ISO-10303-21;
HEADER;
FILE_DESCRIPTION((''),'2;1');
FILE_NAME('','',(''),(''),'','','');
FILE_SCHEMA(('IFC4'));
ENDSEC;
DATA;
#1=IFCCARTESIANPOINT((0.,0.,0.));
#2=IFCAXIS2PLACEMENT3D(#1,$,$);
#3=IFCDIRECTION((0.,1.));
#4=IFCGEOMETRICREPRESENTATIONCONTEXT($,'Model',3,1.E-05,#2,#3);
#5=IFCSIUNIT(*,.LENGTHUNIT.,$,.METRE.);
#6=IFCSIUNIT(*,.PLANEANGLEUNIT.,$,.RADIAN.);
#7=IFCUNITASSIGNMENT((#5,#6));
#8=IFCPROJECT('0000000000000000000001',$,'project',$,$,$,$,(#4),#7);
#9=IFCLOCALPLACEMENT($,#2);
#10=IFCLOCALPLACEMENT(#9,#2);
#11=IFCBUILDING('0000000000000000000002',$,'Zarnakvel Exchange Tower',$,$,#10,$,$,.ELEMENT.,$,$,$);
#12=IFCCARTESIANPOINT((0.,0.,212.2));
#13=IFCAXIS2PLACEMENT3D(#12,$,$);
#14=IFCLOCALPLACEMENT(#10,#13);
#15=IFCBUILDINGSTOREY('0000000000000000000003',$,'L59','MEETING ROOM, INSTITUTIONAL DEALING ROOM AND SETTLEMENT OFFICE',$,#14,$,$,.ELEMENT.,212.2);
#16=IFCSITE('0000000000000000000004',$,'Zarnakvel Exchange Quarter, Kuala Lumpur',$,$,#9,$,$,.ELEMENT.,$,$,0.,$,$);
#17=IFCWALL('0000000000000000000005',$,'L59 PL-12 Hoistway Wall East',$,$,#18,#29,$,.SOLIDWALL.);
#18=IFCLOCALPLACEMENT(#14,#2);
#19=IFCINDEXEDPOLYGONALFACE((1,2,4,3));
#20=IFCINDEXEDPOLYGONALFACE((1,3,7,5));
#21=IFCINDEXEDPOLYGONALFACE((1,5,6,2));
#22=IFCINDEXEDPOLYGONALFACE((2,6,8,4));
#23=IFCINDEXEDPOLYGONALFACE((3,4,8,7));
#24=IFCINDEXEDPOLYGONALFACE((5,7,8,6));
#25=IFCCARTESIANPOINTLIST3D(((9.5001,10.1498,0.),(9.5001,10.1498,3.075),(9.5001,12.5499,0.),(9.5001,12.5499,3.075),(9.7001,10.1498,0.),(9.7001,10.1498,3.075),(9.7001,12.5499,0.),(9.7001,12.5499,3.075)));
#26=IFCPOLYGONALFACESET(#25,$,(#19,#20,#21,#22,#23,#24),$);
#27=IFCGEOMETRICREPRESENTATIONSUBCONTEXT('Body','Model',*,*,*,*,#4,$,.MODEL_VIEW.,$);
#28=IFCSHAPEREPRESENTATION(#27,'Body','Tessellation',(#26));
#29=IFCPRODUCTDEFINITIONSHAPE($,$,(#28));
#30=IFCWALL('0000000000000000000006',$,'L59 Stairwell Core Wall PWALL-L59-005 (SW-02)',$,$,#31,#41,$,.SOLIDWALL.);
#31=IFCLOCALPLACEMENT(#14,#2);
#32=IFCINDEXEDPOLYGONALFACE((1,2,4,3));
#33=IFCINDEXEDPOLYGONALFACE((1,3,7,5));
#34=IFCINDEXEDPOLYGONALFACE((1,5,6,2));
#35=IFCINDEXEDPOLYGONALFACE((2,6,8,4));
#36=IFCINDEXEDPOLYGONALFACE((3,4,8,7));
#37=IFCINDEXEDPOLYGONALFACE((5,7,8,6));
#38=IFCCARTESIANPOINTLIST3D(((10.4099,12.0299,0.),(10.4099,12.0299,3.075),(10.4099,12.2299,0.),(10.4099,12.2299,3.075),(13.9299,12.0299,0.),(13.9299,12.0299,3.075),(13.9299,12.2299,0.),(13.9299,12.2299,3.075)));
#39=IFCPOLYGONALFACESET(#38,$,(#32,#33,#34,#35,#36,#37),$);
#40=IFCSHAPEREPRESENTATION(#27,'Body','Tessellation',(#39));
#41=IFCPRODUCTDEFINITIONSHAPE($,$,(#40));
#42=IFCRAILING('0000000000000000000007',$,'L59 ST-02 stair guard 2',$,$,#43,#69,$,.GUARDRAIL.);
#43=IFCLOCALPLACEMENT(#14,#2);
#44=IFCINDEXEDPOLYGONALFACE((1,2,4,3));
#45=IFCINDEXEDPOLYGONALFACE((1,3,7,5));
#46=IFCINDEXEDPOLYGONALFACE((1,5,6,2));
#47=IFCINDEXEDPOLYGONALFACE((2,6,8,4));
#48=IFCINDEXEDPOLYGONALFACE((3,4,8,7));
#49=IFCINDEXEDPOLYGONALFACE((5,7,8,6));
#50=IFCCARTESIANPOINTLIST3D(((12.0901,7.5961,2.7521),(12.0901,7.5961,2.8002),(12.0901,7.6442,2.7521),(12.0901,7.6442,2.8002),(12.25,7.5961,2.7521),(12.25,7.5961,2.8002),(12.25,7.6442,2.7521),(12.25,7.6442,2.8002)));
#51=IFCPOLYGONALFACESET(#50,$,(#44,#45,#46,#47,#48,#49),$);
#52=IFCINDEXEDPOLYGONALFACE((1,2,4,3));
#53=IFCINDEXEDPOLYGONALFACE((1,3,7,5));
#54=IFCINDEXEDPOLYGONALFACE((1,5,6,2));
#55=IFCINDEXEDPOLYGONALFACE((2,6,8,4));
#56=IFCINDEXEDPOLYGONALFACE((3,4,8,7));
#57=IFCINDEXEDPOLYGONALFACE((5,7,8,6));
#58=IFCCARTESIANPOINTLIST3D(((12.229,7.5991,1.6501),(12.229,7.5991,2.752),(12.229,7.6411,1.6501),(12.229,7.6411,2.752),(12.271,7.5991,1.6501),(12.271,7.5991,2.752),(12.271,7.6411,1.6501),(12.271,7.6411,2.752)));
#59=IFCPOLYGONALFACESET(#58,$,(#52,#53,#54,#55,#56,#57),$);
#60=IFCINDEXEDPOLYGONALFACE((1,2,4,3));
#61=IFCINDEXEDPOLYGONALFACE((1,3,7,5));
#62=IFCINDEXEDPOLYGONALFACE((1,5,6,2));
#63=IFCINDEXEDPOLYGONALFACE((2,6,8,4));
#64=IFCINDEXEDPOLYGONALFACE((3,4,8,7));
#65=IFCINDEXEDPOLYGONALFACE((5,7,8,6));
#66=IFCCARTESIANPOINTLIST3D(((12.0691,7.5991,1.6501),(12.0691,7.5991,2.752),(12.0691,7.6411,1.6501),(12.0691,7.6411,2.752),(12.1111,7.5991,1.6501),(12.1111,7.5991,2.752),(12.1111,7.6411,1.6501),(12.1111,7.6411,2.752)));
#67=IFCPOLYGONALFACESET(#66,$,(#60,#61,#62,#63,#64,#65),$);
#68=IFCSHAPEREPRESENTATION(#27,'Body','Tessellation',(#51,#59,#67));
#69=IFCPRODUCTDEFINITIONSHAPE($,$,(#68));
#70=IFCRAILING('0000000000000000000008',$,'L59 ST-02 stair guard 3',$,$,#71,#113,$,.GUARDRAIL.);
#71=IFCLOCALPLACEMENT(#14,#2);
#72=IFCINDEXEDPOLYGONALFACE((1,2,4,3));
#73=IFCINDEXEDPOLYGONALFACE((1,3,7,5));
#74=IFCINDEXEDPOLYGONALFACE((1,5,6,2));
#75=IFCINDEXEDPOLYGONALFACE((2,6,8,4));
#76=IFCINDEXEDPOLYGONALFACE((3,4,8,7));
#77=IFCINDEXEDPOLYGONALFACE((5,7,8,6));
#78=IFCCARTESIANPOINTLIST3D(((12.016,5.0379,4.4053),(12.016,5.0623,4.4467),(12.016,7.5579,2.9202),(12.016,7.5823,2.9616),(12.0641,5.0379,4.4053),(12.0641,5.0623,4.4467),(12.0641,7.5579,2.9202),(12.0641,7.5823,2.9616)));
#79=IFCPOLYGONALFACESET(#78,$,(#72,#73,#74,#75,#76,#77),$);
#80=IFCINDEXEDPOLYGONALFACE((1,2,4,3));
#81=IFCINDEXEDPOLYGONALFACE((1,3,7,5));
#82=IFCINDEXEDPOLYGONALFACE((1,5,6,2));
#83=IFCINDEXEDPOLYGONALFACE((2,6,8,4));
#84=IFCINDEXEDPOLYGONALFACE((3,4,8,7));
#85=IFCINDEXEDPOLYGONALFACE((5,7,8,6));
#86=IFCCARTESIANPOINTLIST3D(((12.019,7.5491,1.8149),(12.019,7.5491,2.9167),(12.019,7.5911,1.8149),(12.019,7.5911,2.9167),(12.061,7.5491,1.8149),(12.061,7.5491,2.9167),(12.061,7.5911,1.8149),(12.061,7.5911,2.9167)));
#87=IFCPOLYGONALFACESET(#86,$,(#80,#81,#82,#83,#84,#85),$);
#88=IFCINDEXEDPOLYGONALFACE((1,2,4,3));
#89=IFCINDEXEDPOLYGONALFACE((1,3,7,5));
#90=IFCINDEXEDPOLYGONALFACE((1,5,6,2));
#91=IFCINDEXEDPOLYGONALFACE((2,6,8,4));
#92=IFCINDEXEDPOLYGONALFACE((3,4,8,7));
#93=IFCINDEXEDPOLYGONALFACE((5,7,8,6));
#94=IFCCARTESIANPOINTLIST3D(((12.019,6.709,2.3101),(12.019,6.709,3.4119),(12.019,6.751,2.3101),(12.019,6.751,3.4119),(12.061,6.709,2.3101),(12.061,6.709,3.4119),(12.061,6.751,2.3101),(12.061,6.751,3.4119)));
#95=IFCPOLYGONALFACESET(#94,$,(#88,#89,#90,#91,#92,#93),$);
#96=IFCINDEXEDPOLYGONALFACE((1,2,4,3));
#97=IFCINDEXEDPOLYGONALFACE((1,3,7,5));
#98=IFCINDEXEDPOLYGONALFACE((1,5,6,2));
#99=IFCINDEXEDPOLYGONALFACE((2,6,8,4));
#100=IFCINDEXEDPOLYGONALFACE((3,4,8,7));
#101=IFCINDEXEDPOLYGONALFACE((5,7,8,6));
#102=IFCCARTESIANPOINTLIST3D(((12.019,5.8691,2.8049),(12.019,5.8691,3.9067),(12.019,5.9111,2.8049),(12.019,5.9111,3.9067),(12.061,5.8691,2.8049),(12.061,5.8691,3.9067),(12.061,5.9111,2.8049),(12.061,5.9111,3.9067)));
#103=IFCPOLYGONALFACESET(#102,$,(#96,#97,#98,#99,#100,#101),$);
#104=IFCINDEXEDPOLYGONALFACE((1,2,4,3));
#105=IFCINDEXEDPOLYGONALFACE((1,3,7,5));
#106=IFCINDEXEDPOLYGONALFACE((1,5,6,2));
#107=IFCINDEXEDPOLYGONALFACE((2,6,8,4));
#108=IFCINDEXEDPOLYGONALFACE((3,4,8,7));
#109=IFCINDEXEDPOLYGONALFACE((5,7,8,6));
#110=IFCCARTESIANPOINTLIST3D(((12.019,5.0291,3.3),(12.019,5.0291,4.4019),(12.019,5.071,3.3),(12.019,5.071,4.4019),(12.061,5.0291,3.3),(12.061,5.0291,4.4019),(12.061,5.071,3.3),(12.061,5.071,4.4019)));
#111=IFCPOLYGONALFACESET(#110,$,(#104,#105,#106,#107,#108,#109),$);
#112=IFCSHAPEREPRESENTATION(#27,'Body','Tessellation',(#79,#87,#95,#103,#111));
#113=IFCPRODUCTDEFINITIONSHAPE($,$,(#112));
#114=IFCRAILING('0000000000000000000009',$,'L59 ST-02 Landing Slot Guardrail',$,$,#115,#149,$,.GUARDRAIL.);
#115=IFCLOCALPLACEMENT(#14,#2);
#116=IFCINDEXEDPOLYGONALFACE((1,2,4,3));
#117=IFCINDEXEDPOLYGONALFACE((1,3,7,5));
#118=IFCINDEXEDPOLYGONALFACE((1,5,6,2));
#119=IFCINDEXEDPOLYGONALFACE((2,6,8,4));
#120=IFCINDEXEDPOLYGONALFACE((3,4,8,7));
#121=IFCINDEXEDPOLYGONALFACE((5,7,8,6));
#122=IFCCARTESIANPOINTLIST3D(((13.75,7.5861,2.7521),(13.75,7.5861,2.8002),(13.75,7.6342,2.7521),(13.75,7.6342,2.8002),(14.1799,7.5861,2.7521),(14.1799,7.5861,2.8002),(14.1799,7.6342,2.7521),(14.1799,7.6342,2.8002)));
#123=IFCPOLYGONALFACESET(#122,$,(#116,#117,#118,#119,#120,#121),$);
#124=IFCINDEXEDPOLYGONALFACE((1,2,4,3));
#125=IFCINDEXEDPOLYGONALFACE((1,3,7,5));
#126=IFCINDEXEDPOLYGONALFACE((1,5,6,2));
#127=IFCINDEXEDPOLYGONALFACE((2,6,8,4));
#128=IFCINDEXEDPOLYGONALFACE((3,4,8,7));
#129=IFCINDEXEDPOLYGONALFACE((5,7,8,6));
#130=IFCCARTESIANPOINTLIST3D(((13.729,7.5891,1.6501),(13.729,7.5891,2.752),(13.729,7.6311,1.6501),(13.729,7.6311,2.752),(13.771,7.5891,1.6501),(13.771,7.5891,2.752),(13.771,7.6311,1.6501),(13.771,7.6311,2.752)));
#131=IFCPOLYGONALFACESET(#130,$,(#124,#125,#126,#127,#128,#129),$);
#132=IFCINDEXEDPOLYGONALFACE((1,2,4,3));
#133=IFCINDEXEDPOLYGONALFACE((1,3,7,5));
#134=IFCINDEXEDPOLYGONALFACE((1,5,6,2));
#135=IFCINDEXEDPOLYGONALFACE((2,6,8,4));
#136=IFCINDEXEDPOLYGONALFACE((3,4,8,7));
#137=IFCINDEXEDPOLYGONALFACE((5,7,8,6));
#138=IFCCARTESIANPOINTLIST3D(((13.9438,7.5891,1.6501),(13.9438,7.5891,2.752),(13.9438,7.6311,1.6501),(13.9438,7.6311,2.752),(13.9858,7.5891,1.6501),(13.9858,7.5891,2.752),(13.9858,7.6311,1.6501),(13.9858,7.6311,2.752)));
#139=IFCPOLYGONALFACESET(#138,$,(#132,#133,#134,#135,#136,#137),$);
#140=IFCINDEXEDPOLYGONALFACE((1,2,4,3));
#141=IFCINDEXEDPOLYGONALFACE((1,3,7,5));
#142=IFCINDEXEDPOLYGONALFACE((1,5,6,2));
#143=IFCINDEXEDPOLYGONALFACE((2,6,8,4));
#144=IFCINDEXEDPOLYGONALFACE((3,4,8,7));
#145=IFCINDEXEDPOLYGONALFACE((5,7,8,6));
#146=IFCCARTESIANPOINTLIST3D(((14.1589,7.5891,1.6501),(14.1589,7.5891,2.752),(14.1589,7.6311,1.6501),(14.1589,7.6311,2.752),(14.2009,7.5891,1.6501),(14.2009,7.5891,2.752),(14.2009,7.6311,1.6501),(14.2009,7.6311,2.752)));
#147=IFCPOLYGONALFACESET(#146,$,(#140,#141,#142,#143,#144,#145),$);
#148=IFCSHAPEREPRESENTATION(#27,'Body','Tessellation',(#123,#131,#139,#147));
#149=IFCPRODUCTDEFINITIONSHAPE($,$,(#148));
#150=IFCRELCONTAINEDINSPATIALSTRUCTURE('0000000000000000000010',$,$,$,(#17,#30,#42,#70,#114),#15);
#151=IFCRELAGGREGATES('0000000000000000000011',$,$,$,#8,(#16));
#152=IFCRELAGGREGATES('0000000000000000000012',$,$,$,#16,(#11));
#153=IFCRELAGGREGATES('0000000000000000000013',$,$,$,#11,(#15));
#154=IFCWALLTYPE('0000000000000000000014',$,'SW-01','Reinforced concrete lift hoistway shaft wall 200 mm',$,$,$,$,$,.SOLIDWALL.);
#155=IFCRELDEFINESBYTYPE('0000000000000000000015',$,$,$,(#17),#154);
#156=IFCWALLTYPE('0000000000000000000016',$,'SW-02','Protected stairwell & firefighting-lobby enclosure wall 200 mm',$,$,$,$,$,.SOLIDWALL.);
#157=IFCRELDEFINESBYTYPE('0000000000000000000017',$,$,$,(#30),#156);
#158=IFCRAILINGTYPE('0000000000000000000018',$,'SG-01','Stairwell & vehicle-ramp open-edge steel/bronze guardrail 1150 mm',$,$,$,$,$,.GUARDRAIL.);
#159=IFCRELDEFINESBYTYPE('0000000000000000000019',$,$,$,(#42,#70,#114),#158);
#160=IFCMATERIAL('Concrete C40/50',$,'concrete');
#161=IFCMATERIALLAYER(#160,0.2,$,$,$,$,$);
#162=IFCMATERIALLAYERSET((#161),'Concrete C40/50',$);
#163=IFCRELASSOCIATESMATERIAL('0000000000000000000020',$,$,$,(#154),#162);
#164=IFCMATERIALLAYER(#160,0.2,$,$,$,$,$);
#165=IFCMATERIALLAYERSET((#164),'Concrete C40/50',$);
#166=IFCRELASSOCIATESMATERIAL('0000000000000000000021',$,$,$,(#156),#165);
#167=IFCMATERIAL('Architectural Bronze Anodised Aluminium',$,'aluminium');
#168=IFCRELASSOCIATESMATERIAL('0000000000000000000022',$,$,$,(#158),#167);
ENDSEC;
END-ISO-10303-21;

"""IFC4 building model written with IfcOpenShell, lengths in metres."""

from ifc_helpers import new_model, si_unit, direction, frame, frame_2d, origin, origin_2d, place, context, subcontext, project, spatial, rectangle, extrude, material, layer, layer_set, type_object, element, save


model = new_model("IFC4")

# Units and contexts
model_context = context("Model", 3, precision=1e-05, world=origin(), true_north=direction((0.0, 1.0)))
body_context = subcontext(model_context, "Body", "Model", "MODEL_VIEW")
ifc_project = project(units=[si_unit("LENGTHUNIT", "METRE"), si_unit("PLANEANGLEUNIT", "RADIAN")], contexts=[model_context])

# Site, building, storey
site_placement = place(None, origin())
site = spatial("IfcSite", under=ifc_project, at=site_placement, Name="Zarnakvel Exchange Quarter, Kuala Lumpur", CompositionType="ELEMENT", RefElevation=0.0)
building_placement = place(site_placement, origin())
building = spatial("IfcBuilding", under=site, at=building_placement, Name="Zarnakvel Exchange Tower", CompositionType="ELEMENT")
storey_placement = place(building_placement, frame((0.0, 0.0, 212.2)))
storey = spatial("IfcBuildingStorey", under=building, at=storey_placement, Name="L59", Description="MEETING ROOM, INSTITUTIONAL DEALING ROOM AND SETTLEMENT OFFICE", CompositionType="ELEMENT", Elevation=212.2)

# Shared definitions
ifc_material_1 = material(Name="Architectural Bronze Anodised Aluminium", Category="aluminium")

# Walls
ifc_material_2 = material(Name="Concrete C40/50", Category="concrete")
ifc_layer_1 = layer(ifc_material_2, 0.2)
ifc_layer_set_1 = layer_set([ifc_layer_1], Name="Concrete C40/50")
wall_type_1 = type_object("IfcWallType", Name="SW-01", Description="Reinforced concrete lift hoistway shaft wall 200 mm", PredefinedType="SOLIDWALL", material=ifc_layer_set_1)
wall_1_placement = place(storey_placement, frame((9.6001, 12.55, 0.0), z_axis=(0.0, 0.0, 1.0), x_axis=(0.0, -1.0, 0.0)))
element("IfcWall", 1, at=wall_1_placement, inside=storey, type_object=wall_type_1, Name="L59 PL-12 Hoistway Wall East", PredefinedType="SOLIDWALL", context=body_context, shape_type="SweptSolid", body=[
    extrude(rectangle(XDim=2.4001, YDim=0.2, at=frame_2d((1.2002, 0.0))), origin(), (0.0, 0.0, 1.0), 3.075),
])
ifc_layer_2 = layer(ifc_material_2, 0.2)
ifc_layer_set_2 = layer_set([ifc_layer_2], Name="Concrete C40/50")
wall_type_2 = type_object("IfcWallType", Name="SW-02", Description="Protected stairwell & firefighting-lobby enclosure wall 200 mm", PredefinedType="SOLIDWALL", material=ifc_layer_set_2)
wall_2_placement = place(storey_placement, frame((10.4099, 12.1299, 0.0), z_axis=(0.0, 0.0, 1.0), x_axis=(1.0, 0.0, 0.0)))
element("IfcWall", 2, at=wall_2_placement, inside=storey, type_object=wall_type_2, Name="L59 Stairwell Core Wall PWALL-L59-005 (SW-02)", PredefinedType="SOLIDWALL", context=body_context, shape_type="SweptSolid", body=[
    extrude(rectangle(XDim=3.52, YDim=0.2, at=frame_2d((1.76, 0.0))), origin(), (0.0, 0.0, 1.0), 3.075),
])

# Railings
railing_type = type_object("IfcRailingType", Name="SG-01", Description="Stairwell & vehicle-ramp open-edge steel/bronze guardrail 1150 mm", PredefinedType="GUARDRAIL", material=ifc_material_1)
railing_1_placement = place(storey_placement, frame((12.25, 7.6201, 1.6501)))
element("IfcRailing", 3, at=railing_1_placement, inside=storey, type_object=railing_type, Name="L59 ST-02 stair guard 2", PredefinedType="GUARDRAIL", context=body_context, shape_type="SweptSolid", body=[
    extrude(rectangle(XDim=0.0481, YDim=0.0481, at=origin_2d()), frame((0.0, 0.0, 1.126), z_axis=(-1.0, 0.0, 0.0), x_axis=(0.0, -1.0, 0.0)), (0.0, 0.0, 1.0), 0.1599),
    extrude(rectangle(XDim=0.042, YDim=0.042, at=origin_2d()), origin(), (0.0, 0.0, 1.0), 1.1018),
    extrude(rectangle(XDim=0.042, YDim=0.042, at=origin_2d()), frame((-0.1599, 0.0, 0.0)), (0.0, 0.0, 1.0), 1.1018),
])
railing_2_placement = place(storey_placement, frame((12.04, 7.5701, 1.8149)))
element("IfcRailing", 4, at=railing_2_placement, inside=storey, type_object=railing_type, Name="L59 ST-02 stair guard 3", PredefinedType="GUARDRAIL", context=body_context, shape_type="SweptSolid", body=[
    extrude(rectangle(XDim=0.0481, YDim=0.0481, at=origin_2d()), frame((0.0, 0.0, 1.126), z_axis=(0.0, -0.861524, 0.507717), x_axis=(1.0, 0.0, 0.0)), (0.0, 0.0, 1.0), 2.925),
    extrude(rectangle(XDim=0.042, YDim=0.042, at=origin_2d()), origin(), (0.0, 0.0, 1.0), 1.1018),
    extrude(rectangle(XDim=0.042, YDim=0.042, at=origin_2d()), frame((0.0, -0.8401, 0.4951)), (0.0, 0.0, 1.0), 1.1018),
    extrude(rectangle(XDim=0.042, YDim=0.042, at=origin_2d()), frame((0.0, -1.6799, 0.99)), (0.0, 0.0, 1.0), 1.1018),
    extrude(rectangle(XDim=0.042, YDim=0.042, at=origin_2d()), frame((0.0, -2.52, 1.4851)), (0.0, 0.0, 1.0), 1.1018),
])
railing_3_placement = place(storey_placement, frame((13.75, 7.6101, 1.6501)))
element("IfcRailing", 5, at=railing_3_placement, inside=storey, type_object=railing_type, Name="L59 ST-02 Landing Slot Guardrail", PredefinedType="GUARDRAIL", context=body_context, shape_type="SweptSolid", body=[
    extrude(rectangle(XDim=0.0481, YDim=0.0481, at=origin_2d()), frame((0.0, 0.0, 1.126), z_axis=(1.0, 0.0, 0.0), x_axis=(0.0, 1.0, 0.0)), (0.0, 0.0, 1.0), 0.4299),
    extrude(rectangle(XDim=0.042, YDim=0.042, at=origin_2d()), origin(), (0.0, 0.0, 1.0), 1.1018),
    extrude(rectangle(XDim=0.042, YDim=0.042, at=origin_2d()), frame((0.2148, 0.0, 0.0)), (0.0, 0.0, 1.0), 1.1018),
    extrude(rectangle(XDim=0.042, YDim=0.042, at=origin_2d()), frame((0.4299, 0.0, 0.0)), (0.0, 0.0, 1.0), 1.1018),
])

save(model, "model.ifc")
